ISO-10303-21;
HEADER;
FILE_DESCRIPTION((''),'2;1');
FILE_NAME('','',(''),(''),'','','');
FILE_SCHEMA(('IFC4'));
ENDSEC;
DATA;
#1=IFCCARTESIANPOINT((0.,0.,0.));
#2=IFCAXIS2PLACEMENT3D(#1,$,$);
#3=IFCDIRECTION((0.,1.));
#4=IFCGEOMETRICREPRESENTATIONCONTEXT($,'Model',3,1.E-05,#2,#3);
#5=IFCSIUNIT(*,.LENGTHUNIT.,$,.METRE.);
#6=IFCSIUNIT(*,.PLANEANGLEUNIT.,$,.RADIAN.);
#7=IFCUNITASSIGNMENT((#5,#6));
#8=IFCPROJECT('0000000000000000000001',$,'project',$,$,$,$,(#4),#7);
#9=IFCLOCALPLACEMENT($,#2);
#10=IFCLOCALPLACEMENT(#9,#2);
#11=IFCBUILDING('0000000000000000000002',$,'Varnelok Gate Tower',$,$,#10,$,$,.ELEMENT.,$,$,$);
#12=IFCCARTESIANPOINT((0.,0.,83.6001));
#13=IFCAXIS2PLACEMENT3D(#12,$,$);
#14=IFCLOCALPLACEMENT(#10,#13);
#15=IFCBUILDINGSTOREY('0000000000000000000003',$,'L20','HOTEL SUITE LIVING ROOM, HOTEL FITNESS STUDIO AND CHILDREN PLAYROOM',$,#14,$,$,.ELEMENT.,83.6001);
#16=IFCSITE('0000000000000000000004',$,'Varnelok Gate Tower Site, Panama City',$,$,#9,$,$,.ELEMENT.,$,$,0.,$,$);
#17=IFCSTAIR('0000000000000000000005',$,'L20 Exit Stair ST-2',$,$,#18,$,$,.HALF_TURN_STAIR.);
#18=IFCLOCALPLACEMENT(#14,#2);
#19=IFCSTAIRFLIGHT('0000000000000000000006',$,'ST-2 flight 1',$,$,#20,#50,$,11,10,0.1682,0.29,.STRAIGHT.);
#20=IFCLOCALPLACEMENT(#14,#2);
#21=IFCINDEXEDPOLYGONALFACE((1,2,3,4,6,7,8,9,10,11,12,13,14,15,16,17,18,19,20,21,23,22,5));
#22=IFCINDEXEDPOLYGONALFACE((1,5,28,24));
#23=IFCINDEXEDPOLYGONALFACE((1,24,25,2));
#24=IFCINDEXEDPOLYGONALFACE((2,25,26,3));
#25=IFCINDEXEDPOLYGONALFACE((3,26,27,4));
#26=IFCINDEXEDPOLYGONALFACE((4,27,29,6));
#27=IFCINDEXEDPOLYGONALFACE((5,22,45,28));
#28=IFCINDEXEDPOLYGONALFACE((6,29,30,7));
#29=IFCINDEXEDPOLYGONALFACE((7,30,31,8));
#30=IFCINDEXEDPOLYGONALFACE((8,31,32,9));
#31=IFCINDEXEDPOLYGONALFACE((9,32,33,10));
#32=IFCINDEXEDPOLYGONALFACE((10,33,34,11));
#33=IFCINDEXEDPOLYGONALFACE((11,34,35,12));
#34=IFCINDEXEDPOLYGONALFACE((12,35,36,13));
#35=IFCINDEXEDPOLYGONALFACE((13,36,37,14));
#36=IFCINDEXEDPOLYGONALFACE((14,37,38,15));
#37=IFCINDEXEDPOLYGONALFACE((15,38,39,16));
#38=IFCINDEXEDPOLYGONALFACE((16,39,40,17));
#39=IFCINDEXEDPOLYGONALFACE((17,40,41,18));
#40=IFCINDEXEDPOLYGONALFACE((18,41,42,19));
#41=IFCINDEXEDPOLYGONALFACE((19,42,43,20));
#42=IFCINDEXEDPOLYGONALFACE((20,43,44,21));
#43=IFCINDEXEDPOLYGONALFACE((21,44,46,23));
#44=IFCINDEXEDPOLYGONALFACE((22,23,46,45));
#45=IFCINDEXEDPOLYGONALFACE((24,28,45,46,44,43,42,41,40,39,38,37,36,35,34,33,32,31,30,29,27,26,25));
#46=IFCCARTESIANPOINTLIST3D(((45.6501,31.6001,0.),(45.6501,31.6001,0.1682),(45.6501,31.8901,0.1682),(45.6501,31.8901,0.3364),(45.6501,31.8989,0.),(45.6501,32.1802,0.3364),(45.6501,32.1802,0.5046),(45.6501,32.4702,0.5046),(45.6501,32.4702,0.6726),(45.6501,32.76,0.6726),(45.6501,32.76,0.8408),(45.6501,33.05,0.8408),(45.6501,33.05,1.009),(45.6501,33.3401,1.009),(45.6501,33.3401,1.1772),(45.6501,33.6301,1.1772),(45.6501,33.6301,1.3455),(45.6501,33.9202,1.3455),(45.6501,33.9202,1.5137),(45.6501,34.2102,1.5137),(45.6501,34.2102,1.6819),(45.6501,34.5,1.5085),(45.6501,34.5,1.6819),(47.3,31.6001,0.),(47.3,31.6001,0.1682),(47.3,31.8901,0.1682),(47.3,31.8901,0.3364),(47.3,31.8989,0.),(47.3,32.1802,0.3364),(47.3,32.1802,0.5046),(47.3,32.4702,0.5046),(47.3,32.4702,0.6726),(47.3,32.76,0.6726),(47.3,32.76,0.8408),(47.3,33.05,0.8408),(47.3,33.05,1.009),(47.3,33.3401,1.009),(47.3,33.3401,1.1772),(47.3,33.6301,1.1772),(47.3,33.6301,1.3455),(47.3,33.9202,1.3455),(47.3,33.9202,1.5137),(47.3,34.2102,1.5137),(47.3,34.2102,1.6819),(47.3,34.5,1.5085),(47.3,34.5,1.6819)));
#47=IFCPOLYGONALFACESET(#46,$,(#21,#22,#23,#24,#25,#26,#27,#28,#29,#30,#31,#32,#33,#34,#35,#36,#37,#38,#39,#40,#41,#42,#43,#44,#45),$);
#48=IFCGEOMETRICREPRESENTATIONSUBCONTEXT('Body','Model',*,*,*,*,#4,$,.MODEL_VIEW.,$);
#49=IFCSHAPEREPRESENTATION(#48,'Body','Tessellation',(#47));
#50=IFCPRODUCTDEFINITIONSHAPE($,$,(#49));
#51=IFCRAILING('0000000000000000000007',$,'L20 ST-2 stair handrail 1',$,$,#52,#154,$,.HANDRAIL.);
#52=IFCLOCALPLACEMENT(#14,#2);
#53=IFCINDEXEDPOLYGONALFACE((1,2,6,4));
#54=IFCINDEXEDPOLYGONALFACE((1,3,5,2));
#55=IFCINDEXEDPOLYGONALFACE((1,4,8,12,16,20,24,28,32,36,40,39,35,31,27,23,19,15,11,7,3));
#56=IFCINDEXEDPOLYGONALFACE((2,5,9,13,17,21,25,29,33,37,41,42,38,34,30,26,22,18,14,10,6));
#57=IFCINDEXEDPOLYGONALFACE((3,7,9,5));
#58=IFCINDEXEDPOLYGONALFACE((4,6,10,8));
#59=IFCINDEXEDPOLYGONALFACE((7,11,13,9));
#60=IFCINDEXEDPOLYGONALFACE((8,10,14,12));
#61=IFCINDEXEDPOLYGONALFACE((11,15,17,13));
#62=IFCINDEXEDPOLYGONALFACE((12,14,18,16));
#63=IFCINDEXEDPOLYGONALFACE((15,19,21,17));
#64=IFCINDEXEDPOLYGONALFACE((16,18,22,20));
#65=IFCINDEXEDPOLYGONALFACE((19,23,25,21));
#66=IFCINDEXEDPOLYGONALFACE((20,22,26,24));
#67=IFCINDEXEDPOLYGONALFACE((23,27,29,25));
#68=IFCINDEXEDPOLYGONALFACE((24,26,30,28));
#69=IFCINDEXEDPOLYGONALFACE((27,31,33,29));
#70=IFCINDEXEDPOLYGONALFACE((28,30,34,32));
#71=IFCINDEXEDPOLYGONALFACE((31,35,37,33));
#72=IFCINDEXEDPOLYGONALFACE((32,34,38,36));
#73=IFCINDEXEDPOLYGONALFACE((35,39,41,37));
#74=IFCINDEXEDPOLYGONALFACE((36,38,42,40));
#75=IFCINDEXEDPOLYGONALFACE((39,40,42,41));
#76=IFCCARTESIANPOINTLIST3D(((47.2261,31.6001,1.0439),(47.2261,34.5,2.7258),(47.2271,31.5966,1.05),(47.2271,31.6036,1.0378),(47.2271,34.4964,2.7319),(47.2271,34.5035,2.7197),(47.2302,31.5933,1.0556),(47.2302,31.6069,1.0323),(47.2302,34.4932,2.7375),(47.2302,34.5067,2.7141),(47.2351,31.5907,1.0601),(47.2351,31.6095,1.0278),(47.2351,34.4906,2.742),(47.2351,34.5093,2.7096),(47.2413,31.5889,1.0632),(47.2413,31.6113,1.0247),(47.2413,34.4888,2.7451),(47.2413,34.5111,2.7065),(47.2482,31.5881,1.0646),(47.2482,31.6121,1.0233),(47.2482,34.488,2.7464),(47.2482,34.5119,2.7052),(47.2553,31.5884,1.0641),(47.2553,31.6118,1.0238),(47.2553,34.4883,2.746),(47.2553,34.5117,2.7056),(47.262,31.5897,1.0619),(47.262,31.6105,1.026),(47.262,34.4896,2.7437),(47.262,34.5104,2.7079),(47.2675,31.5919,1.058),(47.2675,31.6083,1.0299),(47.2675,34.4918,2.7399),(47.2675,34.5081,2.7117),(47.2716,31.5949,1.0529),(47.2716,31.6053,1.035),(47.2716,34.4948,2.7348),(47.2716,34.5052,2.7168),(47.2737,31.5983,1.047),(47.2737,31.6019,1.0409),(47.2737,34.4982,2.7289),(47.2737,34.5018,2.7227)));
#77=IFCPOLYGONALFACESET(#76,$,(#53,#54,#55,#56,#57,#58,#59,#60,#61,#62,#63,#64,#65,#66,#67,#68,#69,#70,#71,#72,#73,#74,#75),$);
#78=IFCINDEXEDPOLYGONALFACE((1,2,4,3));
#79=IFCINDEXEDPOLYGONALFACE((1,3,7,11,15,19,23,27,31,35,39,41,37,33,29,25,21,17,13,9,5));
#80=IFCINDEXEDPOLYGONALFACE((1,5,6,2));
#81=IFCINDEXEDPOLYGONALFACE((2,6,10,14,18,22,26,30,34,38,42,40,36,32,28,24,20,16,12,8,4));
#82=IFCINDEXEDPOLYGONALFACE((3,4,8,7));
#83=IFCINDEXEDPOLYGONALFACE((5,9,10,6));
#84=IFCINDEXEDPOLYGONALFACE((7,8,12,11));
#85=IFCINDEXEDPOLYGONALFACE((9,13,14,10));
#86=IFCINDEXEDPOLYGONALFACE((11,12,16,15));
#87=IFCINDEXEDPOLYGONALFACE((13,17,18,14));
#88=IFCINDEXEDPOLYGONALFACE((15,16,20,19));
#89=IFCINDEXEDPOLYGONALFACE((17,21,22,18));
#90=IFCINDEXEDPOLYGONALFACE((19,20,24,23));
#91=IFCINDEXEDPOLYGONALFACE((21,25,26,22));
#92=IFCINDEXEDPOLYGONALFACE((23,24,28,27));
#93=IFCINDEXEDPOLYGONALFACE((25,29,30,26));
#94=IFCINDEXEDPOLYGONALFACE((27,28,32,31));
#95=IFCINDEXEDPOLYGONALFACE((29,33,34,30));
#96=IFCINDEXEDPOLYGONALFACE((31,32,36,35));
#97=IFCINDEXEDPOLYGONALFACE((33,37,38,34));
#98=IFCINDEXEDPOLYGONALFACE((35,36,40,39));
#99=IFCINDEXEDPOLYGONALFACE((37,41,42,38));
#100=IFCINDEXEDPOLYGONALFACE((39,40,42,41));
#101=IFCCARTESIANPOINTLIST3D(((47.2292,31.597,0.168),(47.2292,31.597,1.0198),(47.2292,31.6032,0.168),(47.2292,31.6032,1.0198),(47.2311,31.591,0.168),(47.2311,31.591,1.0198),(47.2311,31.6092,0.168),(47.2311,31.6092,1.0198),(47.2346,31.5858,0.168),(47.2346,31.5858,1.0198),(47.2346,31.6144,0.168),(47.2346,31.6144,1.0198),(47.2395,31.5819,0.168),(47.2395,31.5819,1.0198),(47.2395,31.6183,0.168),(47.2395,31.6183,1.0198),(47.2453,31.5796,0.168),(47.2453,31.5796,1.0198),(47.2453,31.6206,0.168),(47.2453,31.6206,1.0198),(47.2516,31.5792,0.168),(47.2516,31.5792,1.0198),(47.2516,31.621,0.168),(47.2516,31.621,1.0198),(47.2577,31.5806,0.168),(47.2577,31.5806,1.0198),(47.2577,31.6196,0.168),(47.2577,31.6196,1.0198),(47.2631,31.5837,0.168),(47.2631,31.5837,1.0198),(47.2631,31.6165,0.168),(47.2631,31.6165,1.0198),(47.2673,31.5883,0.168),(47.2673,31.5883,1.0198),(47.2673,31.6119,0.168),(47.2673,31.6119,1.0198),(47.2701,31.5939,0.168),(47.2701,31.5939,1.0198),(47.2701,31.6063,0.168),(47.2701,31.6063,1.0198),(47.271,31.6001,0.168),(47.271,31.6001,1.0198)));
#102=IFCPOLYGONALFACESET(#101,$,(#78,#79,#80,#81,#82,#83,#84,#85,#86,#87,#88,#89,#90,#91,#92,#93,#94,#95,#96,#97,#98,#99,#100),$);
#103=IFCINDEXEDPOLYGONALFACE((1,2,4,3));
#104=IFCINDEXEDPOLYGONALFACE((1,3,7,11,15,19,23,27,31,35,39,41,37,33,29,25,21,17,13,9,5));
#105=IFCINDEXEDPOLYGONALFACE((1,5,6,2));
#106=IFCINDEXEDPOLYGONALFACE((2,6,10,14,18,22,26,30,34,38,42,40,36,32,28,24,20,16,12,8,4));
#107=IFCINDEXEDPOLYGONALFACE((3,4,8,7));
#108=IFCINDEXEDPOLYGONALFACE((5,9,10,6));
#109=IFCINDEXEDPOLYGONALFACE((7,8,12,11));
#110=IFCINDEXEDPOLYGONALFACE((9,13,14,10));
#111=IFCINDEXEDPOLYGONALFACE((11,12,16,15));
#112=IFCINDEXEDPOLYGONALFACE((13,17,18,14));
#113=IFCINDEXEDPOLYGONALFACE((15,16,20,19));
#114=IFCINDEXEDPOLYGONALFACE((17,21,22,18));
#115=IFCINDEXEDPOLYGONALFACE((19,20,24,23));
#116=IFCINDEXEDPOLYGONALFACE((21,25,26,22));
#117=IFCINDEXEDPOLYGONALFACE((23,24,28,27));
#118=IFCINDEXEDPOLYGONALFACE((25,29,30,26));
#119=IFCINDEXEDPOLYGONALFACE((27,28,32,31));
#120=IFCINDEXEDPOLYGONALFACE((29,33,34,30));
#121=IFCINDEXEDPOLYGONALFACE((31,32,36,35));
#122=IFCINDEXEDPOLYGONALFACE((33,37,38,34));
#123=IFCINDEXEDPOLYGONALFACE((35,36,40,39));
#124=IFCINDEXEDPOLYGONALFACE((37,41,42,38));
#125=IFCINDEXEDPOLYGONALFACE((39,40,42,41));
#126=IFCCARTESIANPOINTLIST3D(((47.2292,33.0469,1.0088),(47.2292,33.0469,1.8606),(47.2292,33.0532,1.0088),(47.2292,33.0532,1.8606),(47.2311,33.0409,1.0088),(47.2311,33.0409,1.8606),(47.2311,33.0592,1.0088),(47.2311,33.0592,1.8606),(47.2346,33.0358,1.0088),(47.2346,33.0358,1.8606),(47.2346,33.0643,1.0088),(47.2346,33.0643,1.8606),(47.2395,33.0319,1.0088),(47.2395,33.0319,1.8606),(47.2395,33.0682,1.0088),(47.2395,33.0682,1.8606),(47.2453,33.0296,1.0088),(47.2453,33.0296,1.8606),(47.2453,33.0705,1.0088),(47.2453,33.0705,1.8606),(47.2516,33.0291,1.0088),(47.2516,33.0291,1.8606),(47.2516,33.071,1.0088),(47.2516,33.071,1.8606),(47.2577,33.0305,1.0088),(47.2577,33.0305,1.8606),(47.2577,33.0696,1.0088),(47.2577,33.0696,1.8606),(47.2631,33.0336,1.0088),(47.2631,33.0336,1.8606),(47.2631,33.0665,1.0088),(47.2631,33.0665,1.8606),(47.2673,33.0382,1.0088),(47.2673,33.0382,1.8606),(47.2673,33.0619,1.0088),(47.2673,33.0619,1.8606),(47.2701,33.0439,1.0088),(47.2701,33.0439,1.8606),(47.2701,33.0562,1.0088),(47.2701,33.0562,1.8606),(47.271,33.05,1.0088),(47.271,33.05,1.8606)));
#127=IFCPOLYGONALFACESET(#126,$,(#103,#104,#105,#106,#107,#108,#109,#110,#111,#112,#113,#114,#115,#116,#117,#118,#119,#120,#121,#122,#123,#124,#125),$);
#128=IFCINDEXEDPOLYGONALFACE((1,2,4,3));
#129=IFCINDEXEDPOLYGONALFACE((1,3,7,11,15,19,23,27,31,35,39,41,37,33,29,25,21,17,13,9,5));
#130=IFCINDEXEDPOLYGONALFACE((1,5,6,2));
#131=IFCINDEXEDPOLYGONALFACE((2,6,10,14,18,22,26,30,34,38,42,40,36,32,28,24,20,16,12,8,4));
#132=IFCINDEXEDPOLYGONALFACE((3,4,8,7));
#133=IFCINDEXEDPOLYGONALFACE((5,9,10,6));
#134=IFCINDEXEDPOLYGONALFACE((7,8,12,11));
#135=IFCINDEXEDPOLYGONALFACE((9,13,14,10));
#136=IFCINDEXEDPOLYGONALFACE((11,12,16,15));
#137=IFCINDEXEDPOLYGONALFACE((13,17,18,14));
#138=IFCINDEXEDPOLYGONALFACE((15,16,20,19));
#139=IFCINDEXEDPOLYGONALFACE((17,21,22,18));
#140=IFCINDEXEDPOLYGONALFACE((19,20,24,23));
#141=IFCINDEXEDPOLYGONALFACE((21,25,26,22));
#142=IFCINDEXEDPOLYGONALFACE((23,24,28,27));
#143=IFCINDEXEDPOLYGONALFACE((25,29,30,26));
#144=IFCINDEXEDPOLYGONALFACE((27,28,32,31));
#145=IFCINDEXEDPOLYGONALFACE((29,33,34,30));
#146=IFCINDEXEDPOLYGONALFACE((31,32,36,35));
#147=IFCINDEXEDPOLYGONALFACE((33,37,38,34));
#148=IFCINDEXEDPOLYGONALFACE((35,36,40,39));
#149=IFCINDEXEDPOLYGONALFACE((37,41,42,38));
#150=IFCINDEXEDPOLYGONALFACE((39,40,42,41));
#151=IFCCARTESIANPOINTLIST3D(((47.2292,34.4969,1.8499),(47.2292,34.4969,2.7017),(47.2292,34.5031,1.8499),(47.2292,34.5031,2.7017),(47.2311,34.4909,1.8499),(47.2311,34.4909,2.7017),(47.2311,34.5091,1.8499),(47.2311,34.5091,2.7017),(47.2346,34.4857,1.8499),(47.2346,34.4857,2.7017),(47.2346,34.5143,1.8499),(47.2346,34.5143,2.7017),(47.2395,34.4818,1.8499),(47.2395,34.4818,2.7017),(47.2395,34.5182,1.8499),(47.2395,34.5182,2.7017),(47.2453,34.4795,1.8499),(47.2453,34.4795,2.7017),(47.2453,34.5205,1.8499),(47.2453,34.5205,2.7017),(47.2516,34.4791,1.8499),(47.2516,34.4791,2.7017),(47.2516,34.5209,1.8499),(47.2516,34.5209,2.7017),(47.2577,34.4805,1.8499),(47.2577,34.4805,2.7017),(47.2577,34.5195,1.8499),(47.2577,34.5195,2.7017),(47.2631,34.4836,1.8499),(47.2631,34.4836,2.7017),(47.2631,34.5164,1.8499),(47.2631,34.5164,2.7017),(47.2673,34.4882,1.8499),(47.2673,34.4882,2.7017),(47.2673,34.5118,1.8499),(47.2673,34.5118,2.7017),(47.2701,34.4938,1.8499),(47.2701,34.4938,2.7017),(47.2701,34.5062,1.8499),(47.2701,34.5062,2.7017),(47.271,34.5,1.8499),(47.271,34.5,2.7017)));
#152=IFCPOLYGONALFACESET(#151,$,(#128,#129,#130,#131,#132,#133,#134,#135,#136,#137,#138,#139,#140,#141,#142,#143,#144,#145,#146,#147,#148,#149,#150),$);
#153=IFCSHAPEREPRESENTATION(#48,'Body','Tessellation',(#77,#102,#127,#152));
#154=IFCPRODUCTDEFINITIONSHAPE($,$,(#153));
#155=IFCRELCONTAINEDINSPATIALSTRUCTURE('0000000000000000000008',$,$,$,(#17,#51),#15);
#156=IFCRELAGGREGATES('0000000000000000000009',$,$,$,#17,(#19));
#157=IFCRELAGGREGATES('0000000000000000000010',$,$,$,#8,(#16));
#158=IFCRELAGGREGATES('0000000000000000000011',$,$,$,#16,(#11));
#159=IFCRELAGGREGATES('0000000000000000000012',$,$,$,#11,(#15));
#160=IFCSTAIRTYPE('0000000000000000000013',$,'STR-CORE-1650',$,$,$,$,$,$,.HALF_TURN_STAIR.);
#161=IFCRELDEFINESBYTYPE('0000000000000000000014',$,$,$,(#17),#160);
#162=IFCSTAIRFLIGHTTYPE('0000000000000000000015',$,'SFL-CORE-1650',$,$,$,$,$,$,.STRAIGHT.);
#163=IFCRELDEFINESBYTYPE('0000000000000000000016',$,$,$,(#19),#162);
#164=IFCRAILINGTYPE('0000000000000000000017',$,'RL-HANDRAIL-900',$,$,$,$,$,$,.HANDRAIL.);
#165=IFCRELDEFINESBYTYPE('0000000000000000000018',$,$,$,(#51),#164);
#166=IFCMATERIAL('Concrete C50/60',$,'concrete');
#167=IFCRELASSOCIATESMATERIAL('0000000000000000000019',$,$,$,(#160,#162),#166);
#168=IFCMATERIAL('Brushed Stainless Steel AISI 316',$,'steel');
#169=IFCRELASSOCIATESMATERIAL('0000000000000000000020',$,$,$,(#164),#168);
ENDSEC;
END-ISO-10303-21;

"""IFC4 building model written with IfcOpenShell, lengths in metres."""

from ifc_helpers import new_model, si_unit, direction, frame, origin, origin_2d, place, context, subcontext, project, spatial, polyline, circle, outline, extrude, material, type_object, element, aggregate, save


model = new_model("IFC4")

# Units and contexts
model_context = context("Model", 3, precision=1e-05, world=origin(), true_north=direction((0.0, 1.0)))
body_context = subcontext(model_context, "Body", "Model", "MODEL_VIEW")
ifc_project = project(units=[si_unit("LENGTHUNIT", "METRE"), si_unit("PLANEANGLEUNIT", "RADIAN")], contexts=[model_context])

# Site, building, storey
site_placement = place(None, origin())
site = spatial("IfcSite", under=ifc_project, at=site_placement, Name="Varnelok Gate Tower Site, Panama City", CompositionType="ELEMENT", RefElevation=0.0)
building_placement = place(site_placement, origin())
building = spatial("IfcBuilding", under=site, at=building_placement, Name="Varnelok Gate Tower", CompositionType="ELEMENT")
storey_placement = place(building_placement, frame((0.0, 0.0, 83.6001)))
storey = spatial("IfcBuildingStorey", under=building, at=storey_placement, Name="L20", Description="HOTEL SUITE LIVING ROOM, HOTEL FITNESS STUDIO AND CHILDREN PLAYROOM", CompositionType="ELEMENT", Elevation=83.6001)

# Stair, stair flight
ifc_material_1 = material(Name="Concrete C50/60", Category="concrete")
stair_type = type_object("IfcStairType", Name="STR-CORE-1650", PredefinedType="HALF_TURN_STAIR", material=ifc_material_1)
stair_placement = place(storey_placement, origin())
stair = element("IfcStair", 1, at=stair_placement, inside=storey, type_object=stair_type, Name="L20 Exit Stair ST-2", PredefinedType="HALF_TURN_STAIR")
stair_flight_type = type_object("IfcStairFlightType", Name="SFL-CORE-1650", PredefinedType="STRAIGHT", material=ifc_material_1)
stair_flight_placement = place(storey_placement, frame((46.4751, 31.6001, 0.0), z_axis=(0.0, 0.0, 1.0), x_axis=(0.0, 1.0, 0.0)))
stair_flight = element("IfcStairFlight", 2, at=stair_flight_placement, type_object=stair_flight_type, Name="ST-2 flight 1", NumberOfRisers=11, NumberOfTreads=10, PredefinedType="STRAIGHT", RiserHeight=0.1682, TreadLength=0.29, context=body_context, shape_type="SweptSolid", body=[
    extrude(outline(polyline([(0.0, 0.0), (0.0, 0.1682), (0.29, 0.1682), (0.29, 0.3364), (0.5801, 0.3364), (0.5801, 0.5046), (0.8701, 0.5046), (0.8701, 0.6726), (1.1599, 0.6726), (1.1599, 0.8408), (1.45, 0.8408), (1.45, 1.009), (1.74, 1.009), (1.74, 1.1772), (2.03, 1.1772), (2.03, 1.3455), (2.3201, 1.3455), (2.3201, 1.5137), (2.6101, 1.5137), (2.6101, 1.6819), (2.8999, 1.6819), (2.8999, 1.8501), (2.8999, 1.5085), (0.2988, 0.0), (0.0, 0.0)])), frame((0.0, 0.825, 0.0), z_axis=(0.0, -1.0, 0.0), x_axis=(1.0, 0.0, 0.0)), (0.0, 0.0, 1.0), 1.6499),
])
aggregate(stair, [stair_flight])

# Railing
ifc_material_2 = material(Name="Brushed Stainless Steel AISI 316", Category="steel")
railing_type_1 = type_object("IfcRailingType", Name="RL-HANDRAIL-900", PredefinedType="HANDRAIL", material=ifc_material_2)
railing_1_placement = place(storey_placement, frame((47.25, 31.6001, 0.168)))
element("IfcRailing", 3, at=railing_1_placement, inside=storey, type_object=railing_type_1, Name="L20 ST-2 stair handrail 1", PredefinedType="HANDRAIL", context=body_context, shape_type="SweptSolid", body=[
    extrude(circle(Radius=0.0239, at=origin_2d()), frame((0.0, 0.0, 0.876), z_axis=(0.0, 0.865039, 0.501705), x_axis=(-1.0, 0.0, 0.0)), (0.0, 0.0, 1.0), 3.3523),
    extrude(circle(Radius=0.021, at=origin_2d()), origin(), (0.0, 0.0, 1.0), 0.8518),
    extrude(circle(Radius=0.021, at=origin_2d()), frame((0.0, 1.45, 0.8408)), (0.0, 0.0, 1.0), 0.8518),
    extrude(circle(Radius=0.021, at=origin_2d()), frame((0.0, 2.8999, 1.6819)), (0.0, 0.0, 1.0), 0.8518),
])

save(model, "model.ifc")
